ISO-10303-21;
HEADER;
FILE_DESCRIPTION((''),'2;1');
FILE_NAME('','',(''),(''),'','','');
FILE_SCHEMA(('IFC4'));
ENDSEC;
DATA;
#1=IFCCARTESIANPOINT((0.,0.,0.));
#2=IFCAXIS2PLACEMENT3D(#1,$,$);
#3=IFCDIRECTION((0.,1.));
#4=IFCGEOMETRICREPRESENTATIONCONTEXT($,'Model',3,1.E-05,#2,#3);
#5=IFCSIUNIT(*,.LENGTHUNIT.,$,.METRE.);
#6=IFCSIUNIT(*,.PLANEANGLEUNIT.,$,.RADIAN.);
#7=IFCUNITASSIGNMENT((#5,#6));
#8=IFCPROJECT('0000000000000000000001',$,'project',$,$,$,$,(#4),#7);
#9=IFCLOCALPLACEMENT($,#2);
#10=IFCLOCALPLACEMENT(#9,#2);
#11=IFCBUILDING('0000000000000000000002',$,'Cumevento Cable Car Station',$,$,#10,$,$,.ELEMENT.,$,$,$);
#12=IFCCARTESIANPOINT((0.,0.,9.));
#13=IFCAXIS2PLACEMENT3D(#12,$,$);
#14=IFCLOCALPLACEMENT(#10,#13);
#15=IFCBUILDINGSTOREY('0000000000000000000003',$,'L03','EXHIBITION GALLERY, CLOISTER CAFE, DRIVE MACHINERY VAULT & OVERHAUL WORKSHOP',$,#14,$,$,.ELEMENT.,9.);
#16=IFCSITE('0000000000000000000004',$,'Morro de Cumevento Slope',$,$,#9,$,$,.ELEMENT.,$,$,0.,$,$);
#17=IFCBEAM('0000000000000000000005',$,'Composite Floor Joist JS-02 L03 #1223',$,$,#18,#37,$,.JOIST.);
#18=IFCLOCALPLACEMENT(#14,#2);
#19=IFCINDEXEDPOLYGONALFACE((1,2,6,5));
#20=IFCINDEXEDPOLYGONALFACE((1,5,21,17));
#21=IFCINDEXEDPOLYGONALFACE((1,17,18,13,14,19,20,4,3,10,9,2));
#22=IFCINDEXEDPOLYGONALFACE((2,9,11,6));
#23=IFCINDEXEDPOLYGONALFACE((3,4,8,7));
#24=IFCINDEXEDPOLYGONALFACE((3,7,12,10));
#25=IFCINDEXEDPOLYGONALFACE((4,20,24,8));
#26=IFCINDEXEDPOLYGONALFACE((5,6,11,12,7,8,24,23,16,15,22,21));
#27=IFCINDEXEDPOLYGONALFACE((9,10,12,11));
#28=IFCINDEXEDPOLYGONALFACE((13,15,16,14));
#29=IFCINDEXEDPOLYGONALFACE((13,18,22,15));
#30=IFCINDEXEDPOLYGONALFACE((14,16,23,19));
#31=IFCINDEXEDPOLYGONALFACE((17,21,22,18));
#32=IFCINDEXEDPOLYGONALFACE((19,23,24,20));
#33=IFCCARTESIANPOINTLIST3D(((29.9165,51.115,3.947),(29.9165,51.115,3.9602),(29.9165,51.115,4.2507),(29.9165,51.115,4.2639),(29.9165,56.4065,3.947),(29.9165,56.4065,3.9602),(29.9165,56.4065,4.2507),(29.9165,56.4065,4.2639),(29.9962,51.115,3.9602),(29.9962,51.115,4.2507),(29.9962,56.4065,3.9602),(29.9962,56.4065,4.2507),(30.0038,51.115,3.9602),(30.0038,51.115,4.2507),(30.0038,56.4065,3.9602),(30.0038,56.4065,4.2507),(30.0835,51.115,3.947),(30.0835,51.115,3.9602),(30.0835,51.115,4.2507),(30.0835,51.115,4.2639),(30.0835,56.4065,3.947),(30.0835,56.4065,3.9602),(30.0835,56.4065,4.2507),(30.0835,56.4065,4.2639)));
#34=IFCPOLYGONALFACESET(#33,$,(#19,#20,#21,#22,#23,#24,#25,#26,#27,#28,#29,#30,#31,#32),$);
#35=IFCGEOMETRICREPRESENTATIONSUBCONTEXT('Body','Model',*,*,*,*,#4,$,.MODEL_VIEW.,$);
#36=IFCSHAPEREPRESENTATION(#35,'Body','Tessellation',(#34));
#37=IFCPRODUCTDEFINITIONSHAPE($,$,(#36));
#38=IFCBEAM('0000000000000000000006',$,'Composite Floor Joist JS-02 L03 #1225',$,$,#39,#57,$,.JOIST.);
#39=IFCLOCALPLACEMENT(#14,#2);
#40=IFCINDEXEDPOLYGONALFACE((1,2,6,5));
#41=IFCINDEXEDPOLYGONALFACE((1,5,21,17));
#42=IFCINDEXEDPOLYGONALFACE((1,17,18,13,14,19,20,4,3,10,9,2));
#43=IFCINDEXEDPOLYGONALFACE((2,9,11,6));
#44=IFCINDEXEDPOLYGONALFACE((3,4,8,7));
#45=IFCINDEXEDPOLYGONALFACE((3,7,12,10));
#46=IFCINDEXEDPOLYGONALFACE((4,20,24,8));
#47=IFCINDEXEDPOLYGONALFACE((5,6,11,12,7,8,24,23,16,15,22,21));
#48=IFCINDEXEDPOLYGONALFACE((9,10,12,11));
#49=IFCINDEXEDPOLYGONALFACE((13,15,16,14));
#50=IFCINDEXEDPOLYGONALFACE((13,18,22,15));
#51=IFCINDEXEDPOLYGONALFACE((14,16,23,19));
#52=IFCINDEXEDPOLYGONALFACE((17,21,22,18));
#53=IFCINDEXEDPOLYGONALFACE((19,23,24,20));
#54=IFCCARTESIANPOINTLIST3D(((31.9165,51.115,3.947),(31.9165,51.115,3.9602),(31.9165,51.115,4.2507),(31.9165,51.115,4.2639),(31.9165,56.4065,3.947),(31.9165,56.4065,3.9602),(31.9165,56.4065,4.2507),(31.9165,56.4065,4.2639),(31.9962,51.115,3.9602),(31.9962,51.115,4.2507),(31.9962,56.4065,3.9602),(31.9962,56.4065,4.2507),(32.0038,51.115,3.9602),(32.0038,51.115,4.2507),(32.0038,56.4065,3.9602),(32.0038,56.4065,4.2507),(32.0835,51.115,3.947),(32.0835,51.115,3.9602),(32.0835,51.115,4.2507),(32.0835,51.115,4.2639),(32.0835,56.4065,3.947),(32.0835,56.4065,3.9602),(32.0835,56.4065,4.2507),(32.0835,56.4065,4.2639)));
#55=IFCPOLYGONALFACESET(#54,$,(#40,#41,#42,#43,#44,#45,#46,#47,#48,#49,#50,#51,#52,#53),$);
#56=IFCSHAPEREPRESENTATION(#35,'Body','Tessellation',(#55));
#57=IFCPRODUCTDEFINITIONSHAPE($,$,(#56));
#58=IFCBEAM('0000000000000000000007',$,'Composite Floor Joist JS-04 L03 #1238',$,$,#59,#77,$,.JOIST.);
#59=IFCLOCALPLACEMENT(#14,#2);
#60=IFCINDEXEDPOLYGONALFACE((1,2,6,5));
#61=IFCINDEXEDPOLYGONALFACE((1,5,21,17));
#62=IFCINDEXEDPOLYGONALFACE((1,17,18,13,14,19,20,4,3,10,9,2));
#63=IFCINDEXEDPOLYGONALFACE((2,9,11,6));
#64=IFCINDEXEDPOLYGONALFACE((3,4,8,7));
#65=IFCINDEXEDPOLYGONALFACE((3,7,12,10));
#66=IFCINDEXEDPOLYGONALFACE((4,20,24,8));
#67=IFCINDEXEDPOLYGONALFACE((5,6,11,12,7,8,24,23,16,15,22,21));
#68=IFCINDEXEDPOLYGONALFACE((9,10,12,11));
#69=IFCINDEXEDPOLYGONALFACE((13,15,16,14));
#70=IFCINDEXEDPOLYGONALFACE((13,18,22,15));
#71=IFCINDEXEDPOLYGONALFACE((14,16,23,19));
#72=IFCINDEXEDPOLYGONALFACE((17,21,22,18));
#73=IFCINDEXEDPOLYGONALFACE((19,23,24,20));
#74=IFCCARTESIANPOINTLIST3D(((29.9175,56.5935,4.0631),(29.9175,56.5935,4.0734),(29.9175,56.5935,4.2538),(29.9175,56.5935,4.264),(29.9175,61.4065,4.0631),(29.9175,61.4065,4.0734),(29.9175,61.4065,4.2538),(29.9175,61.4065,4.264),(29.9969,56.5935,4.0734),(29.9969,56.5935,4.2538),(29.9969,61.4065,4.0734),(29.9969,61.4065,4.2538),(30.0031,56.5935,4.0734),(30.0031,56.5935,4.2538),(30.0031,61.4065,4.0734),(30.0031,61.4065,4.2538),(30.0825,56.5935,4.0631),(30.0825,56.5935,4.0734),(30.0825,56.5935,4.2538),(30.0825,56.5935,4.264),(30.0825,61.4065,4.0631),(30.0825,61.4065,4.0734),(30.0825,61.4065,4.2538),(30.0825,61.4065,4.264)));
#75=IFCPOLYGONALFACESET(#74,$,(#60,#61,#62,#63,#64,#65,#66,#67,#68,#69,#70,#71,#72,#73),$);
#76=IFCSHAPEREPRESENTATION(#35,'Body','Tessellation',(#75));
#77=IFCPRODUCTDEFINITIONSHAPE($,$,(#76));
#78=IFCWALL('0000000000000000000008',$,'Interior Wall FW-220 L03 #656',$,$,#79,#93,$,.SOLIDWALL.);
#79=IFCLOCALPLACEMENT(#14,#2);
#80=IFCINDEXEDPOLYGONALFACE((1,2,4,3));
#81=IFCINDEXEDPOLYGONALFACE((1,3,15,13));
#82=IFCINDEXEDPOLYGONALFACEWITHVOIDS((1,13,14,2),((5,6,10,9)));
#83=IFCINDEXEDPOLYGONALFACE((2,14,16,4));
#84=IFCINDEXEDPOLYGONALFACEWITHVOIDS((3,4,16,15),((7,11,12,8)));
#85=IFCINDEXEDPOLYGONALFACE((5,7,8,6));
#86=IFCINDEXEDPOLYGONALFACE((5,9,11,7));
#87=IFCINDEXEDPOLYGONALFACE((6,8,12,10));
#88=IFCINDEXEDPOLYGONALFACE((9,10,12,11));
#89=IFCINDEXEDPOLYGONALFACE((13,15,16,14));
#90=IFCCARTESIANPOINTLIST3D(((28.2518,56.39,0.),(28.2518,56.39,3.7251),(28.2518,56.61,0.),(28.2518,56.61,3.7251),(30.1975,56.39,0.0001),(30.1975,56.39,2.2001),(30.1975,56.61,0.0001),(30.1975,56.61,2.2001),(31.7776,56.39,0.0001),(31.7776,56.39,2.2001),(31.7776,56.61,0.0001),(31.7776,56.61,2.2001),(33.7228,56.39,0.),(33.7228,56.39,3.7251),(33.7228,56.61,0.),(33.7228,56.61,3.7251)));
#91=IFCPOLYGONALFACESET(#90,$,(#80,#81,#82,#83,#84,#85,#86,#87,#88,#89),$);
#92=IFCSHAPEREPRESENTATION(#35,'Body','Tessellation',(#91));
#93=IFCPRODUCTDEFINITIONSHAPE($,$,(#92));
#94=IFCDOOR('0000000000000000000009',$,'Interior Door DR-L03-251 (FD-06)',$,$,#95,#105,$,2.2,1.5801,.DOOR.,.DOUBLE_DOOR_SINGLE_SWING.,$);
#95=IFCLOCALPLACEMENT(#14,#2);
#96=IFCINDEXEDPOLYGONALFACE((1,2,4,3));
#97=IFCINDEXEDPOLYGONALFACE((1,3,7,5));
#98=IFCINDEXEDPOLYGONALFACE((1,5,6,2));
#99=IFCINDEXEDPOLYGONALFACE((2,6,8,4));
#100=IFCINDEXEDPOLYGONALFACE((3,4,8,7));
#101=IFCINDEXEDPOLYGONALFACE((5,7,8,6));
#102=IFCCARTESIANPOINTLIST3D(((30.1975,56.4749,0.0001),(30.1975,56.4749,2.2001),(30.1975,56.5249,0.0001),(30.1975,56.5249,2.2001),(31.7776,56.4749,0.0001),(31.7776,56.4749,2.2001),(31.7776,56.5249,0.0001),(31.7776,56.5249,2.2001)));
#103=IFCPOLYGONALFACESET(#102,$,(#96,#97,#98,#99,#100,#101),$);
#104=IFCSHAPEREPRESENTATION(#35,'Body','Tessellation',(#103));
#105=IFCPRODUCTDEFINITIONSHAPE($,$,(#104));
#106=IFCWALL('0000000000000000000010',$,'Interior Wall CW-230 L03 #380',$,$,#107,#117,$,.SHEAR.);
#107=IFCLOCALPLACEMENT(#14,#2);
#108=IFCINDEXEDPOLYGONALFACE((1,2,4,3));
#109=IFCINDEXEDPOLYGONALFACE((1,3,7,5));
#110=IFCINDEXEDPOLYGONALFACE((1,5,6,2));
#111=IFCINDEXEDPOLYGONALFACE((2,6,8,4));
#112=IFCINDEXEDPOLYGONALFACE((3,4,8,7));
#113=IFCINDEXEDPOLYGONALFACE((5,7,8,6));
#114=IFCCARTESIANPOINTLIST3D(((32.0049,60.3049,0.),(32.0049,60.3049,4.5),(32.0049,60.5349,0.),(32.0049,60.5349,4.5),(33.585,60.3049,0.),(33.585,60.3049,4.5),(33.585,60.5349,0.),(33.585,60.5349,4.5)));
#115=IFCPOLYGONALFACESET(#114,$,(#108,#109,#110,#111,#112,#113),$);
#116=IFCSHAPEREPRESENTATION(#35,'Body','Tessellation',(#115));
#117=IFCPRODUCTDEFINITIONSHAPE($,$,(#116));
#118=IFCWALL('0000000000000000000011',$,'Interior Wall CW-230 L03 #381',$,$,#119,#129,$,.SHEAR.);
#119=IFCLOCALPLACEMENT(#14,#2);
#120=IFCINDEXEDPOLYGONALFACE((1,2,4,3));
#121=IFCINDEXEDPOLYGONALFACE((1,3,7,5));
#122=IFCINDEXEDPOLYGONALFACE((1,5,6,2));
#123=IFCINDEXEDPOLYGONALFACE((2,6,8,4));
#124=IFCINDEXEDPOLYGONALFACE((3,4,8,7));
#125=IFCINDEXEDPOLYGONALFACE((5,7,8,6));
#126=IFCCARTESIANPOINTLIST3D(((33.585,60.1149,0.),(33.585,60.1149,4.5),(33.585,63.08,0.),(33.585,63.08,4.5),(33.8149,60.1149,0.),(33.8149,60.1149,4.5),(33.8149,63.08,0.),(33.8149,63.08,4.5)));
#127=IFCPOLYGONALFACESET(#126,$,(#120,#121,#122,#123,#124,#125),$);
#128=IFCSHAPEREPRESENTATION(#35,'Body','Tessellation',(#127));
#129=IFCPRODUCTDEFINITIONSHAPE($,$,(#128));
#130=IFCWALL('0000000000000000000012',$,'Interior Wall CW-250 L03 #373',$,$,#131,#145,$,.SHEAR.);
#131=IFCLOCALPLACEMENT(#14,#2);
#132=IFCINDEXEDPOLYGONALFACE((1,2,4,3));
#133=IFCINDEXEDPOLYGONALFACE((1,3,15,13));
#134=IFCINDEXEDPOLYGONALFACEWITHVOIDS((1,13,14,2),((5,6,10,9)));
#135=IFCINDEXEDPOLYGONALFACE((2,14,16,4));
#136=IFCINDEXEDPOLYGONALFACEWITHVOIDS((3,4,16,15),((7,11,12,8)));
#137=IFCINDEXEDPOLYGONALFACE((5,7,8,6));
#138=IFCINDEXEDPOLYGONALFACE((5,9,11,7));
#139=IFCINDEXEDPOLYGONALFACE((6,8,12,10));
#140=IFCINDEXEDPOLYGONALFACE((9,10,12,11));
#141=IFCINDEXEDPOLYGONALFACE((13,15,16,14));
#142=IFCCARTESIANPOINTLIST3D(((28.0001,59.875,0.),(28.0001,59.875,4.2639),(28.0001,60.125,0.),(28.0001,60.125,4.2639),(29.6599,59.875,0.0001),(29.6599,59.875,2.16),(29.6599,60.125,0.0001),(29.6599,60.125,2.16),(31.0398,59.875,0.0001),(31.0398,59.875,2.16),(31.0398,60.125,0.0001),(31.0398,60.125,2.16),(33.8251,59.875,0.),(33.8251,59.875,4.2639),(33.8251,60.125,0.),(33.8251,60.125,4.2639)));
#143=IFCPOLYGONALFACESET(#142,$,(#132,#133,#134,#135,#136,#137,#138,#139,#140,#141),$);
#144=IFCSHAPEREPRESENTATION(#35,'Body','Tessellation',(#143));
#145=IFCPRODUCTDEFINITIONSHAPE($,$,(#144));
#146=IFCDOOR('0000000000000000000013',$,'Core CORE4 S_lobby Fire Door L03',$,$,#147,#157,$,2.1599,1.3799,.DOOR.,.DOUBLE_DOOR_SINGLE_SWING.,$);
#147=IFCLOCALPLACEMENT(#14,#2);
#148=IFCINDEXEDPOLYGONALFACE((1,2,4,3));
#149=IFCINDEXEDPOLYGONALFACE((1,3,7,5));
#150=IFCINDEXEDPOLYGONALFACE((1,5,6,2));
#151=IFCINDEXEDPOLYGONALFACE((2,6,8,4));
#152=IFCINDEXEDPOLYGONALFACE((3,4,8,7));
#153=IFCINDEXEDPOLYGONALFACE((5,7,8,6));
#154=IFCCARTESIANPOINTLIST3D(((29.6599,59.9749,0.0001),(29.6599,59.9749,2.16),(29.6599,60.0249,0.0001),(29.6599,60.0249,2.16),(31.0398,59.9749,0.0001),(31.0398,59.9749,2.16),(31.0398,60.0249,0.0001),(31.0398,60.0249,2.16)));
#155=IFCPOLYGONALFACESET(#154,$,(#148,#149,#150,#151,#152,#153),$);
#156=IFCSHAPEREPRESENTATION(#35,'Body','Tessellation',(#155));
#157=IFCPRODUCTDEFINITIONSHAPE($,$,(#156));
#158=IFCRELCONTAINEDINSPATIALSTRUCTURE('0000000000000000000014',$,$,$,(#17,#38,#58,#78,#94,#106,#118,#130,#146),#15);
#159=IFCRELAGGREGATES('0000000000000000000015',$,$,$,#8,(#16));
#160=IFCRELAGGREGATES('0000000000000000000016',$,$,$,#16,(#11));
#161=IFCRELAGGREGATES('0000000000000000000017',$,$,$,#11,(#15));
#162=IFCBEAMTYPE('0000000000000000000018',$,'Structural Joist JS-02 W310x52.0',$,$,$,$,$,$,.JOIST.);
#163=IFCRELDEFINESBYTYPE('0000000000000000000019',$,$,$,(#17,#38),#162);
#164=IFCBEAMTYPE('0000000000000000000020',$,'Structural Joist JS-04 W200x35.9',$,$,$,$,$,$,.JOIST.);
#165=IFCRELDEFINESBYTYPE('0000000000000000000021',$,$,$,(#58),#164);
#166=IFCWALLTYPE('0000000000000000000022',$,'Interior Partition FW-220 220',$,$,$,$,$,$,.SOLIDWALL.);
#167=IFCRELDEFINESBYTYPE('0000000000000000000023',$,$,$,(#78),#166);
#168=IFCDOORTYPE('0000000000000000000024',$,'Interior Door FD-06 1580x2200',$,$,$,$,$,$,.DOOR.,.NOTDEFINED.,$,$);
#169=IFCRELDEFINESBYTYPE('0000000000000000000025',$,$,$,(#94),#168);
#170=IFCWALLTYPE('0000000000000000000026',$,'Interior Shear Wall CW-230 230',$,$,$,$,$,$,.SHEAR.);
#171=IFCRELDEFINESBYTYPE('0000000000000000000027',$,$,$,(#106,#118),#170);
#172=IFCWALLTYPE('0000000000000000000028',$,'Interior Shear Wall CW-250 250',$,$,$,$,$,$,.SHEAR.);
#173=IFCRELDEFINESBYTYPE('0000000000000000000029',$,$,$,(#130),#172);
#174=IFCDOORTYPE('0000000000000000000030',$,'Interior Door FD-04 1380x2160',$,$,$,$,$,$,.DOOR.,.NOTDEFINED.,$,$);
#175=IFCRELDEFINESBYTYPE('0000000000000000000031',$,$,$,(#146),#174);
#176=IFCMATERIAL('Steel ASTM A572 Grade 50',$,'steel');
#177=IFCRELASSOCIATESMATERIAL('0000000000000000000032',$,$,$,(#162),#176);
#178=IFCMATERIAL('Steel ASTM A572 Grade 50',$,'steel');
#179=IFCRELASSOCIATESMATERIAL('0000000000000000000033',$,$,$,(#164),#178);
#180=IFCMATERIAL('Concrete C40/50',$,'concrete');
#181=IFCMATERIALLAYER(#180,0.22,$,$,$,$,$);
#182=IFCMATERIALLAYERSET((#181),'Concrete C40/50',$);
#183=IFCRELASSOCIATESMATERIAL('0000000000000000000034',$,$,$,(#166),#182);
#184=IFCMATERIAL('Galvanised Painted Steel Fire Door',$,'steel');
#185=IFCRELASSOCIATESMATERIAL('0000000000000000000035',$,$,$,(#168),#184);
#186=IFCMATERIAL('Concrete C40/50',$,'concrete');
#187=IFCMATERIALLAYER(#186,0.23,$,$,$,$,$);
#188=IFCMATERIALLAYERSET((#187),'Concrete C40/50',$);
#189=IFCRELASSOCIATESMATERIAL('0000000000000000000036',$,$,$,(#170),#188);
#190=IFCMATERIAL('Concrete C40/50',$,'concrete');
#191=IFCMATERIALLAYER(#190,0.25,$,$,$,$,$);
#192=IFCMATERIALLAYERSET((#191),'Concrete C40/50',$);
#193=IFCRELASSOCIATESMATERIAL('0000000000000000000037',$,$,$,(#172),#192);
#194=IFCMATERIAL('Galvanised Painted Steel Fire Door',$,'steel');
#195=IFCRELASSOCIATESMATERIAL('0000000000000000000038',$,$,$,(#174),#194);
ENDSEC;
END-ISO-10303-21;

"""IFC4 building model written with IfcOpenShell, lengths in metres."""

from ifc_helpers import new_model, si_unit, direction, frame, frame_2d, origin, origin_2d, place, context, subcontext, project, spatial, rectangle, i_section, extrude, material, layer, layer_set, material_profile, profile_set, type_object, element, fill, save


model = new_model("IFC4")

# Units and contexts
model_context = context("Model", 3, precision=1e-05, world=origin(), true_north=direction((0.0, 1.0)))
body_context = subcontext(model_context, "Body", "Model", "MODEL_VIEW")
ifc_project = project(units=[si_unit("LENGTHUNIT", "METRE"), si_unit("PLANEANGLEUNIT", "RADIAN")], contexts=[model_context])

# Site, building, storey
site_placement = place(None, origin())
site = spatial("IfcSite", under=ifc_project, at=site_placement, Name="Morro de Cumevento Slope", CompositionType="ELEMENT", RefElevation=0.0)
building_placement = place(site_placement, origin())
building = spatial("IfcBuilding", under=site, at=building_placement, Name="Cumevento Cable Car Station", CompositionType="ELEMENT")
storey_placement = place(building_placement, frame((0.0, 0.0, 9.0)))
storey = spatial("IfcBuildingStorey", under=building, at=storey_placement, Name="L03", Description="EXHIBITION GALLERY, CLOISTER CAFE, DRIVE MACHINERY VAULT & OVERHAUL WORKSHOP", CompositionType="ELEMENT", Elevation=9.0)

# Beams
ifc_material_1 = material(Name="Steel ASTM A572 Grade 50", Category="steel")
ifc_material_profile_1 = material_profile(ifc_material_1, i_section(OverallWidth=0.167, OverallDepth=0.3169, WebThickness=0.0076, FlangeThickness=0.0132, at=origin_2d()), Name="W310x52.0")
ifc_profile_set_1 = profile_set([ifc_material_profile_1], Name="Steel ASTM A572 Grade 50")
beam_type_1 = type_object("IfcBeamType", Name="Structural Joist JS-02 W310x52.0", PredefinedType="JOIST", material=ifc_profile_set_1)
for number, where, z_axis, x_axis, name in (
    (1, (30.0, 51.115, 4.1055), (0.0, 1.0, 0.0), (-1.0, 0.0, 0.0), "Composite Floor Joist JS-02 L03 #1223"),
    (2, (32.0, 51.115, 4.1055), (0.0, 1.0, 0.0), (-1.0, 0.0, 0.0), "Composite Floor Joist JS-02 L03 #1225"),
):
    element("IfcBeam", number, at=place(storey_placement, frame(where, z_axis=z_axis, x_axis=x_axis)), inside=storey, type_object=beam_type_1, Name=name, PredefinedType="JOIST", context=body_context, shape_type="SweptSolid", body=[
        extrude(i_section(OverallWidth=0.167, OverallDepth=0.3169, WebThickness=0.0076, FlangeThickness=0.0132, at=origin_2d()), origin(), (0.0, 0.0, 1.0), 5.2915),
    ])
ifc_material_2 = material(Name="Steel ASTM A572 Grade 50", Category="steel")
ifc_material_profile_2 = material_profile(ifc_material_2, i_section(OverallWidth=0.165, OverallDepth=0.2009, WebThickness=0.0061, FlangeThickness=0.0103, at=origin_2d()), Name="W200x35.9")
ifc_profile_set_2 = profile_set([ifc_material_profile_2], Name="Steel ASTM A572 Grade 50")
beam_type_2 = type_object("IfcBeamType", Name="Structural Joist JS-04 W200x35.9", PredefinedType="JOIST", material=ifc_profile_set_2)
beam_1_placement = place(storey_placement, frame((30.0, 56.5935, 4.1636), z_axis=(0.0, 1.0, 0.0), x_axis=(-1.0, 0.0, 0.0)))
element("IfcBeam", 3, at=beam_1_placement, inside=storey, type_object=beam_type_2, Name="Composite Floor Joist JS-04 L03 #1238", PredefinedType="JOIST", context=body_context, shape_type="SweptSolid", body=[
    extrude(i_section(OverallWidth=0.165, OverallDepth=0.2009, WebThickness=0.0061, FlangeThickness=0.0103, at=origin_2d()), origin(), (0.0, 0.0, 1.0), 4.813),
])

# Wall, opening, door
ifc_material_3 = material(Name="Concrete C40/50", Category="concrete")
ifc_layer_1 = layer(ifc_material_3, 0.22)
ifc_layer_set_1 = layer_set([ifc_layer_1], Name="Concrete C40/50")
wall_type_1 = type_object("IfcWallType", Name="Interior Partition FW-220 220", PredefinedType="SOLIDWALL", material=ifc_layer_set_1)
wall_1_placement = place(storey_placement, frame((28.252, 56.5, 0.0), z_axis=(0.0, 0.0, 1.0), x_axis=(1.0, 0.0, 0.0)))
wall_1 = element("IfcWall", 4, at=wall_1_placement, inside=storey, type_object=wall_type_1, Name="Interior Wall FW-220 L03 #656", PredefinedType="SOLIDWALL", context=body_context, shape_type="SweptSolid", body=[
    extrude(rectangle(XDim=5.4709, YDim=0.22, at=frame_2d((2.7354, 0.0))), origin(), (0.0, 0.0, 1.0), 3.7251),
])
opening_1_placement = place(wall_1_placement, frame((1.9456, 0.0, 0.0)))
opening_1 = element("IfcOpeningElement", 5, at=opening_1_placement, cuts=wall_1, PredefinedType="OPENING", context=body_context, shape_type="SweptSolid", body=[
    extrude(rectangle(XDim=1.5801, YDim=2.2, at=frame_2d((0.79, 1.1001))), frame((0.0, 0.1199, 0.0), z_axis=(0.0, -1.0, 0.0), x_axis=(1.0, 0.0, 0.0)), (0.0, 0.0, 1.0), 0.24),
])
ifc_material_4 = material(Name="Galvanised Painted Steel Fire Door", Category="steel")
door_type_1 = type_object("IfcDoorType", Name="Interior Door FD-06 1580x2200", OperationType="NOTDEFINED", PredefinedType="DOOR", material=ifc_material_4)
door_1_placement = place(opening_1_placement, origin())
door_1 = element("IfcDoor", 6, at=door_1_placement, inside=storey, type_object=door_type_1, Name="Interior Door DR-L03-251 (FD-06)", OperationType="DOUBLE_DOOR_SINGLE_SWING", OverallHeight=2.2, OverallWidth=1.5801, PredefinedType="DOOR", context=body_context, shape_type="SweptSolid", body=[
    extrude(rectangle(XDim=1.5801, YDim=2.2, at=frame_2d((0.79, 1.1001))), frame((0.0, 0.0249, 0.0), z_axis=(0.0, -1.0, 0.0), x_axis=(1.0, 0.0, 0.0)), (0.0, 0.0, 1.0), 0.05),
])
fill(opening_1, door_1)

# Walls
ifc_material_5 = material(Name="Concrete C40/50", Category="concrete")
ifc_layer_2 = layer(ifc_material_5, 0.23)
ifc_layer_set_2 = layer_set([ifc_layer_2], Name="Concrete C40/50")
wall_type_2 = type_object("IfcWallType", Name="Interior Shear Wall CW-230 230", PredefinedType="SHEAR", material=ifc_layer_set_2)
wall_2_placement = place(storey_placement, frame((32.0049, 60.4199, 0.0), z_axis=(0.0, 0.0, 1.0), x_axis=(1.0, 0.0, 0.0)))
element("IfcWall", 7, at=wall_2_placement, inside=storey, type_object=wall_type_2, Name="Interior Wall CW-230 L03 #380", PredefinedType="SHEAR", context=body_context, shape_type="SweptSolid", body=[
    extrude(rectangle(XDim=1.5801, YDim=0.23, at=frame_2d((0.79, 0.0))), origin(), (0.0, 0.0, 1.0), 4.5),
])
wall_3_placement = place(storey_placement, frame((33.7, 60.115, 0.0), z_axis=(0.0, 0.0, 1.0), x_axis=(0.0, 1.0, 0.0)))
element("IfcWall", 8, at=wall_3_placement, inside=storey, type_object=wall_type_2, Name="Interior Wall CW-230 L03 #381", PredefinedType="SHEAR", context=body_context, shape_type="SweptSolid", body=[
    extrude(rectangle(XDim=2.9651, YDim=0.23, at=frame_2d((1.4824, 0.0))), origin(), (0.0, 0.0, 1.0), 4.5),
])

# Wall, opening, door
ifc_material_6 = material(Name="Concrete C40/50", Category="concrete")
ifc_layer_3 = layer(ifc_material_6, 0.25)
ifc_layer_set_3 = layer_set([ifc_layer_3], Name="Concrete C40/50")
wall_type_3 = type_object("IfcWallType", Name="Interior Shear Wall CW-250 250", PredefinedType="SHEAR", material=ifc_layer_set_3)
wall_4_placement = place(storey_placement, frame((28.0, 60.0, 0.0), z_axis=(0.0, 0.0, 1.0), x_axis=(1.0, 0.0, 0.0)))
wall_4 = element("IfcWall", 9, at=wall_4_placement, inside=storey, type_object=wall_type_3, Name="Interior Wall CW-250 L03 #373", PredefinedType="SHEAR", context=body_context, shape_type="SweptSolid", body=[
    extrude(rectangle(XDim=5.825, YDim=0.25, at=frame_2d((2.9126, 0.0))), origin(), (0.0, 0.0, 1.0), 4.2639),
])
opening_2_placement = place(wall_4_placement, frame((1.6599, 0.0, 0.0)))
opening_2 = element("IfcOpeningElement", 10, at=opening_2_placement, cuts=wall_4, PredefinedType="OPENING", context=body_context, shape_type="SweptSolid", body=[
    extrude(rectangle(XDim=1.3799, YDim=2.1599, at=frame_2d((0.6899, 1.0801))), frame((0.0, 0.135, 0.0), z_axis=(0.0, -1.0, 0.0), x_axis=(1.0, 0.0, 0.0)), (0.0, 0.0, 1.0), 0.27),
])
ifc_material_7 = material(Name="Galvanised Painted Steel Fire Door", Category="steel")
door_type_2 = type_object("IfcDoorType", Name="Interior Door FD-04 1380x2160", OperationType="NOTDEFINED", PredefinedType="DOOR", material=ifc_material_7)
door_2_placement = place(opening_2_placement, origin())
door_2 = element("IfcDoor", 11, at=door_2_placement, inside=storey, type_object=door_type_2, Name="Core CORE4 S_lobby Fire Door L03", OperationType="DOUBLE_DOOR_SINGLE_SWING", OverallHeight=2.1599, OverallWidth=1.3799, PredefinedType="DOOR", context=body_context, shape_type="SweptSolid", body=[
    extrude(rectangle(XDim=1.3799, YDim=2.1599, at=frame_2d((0.6899, 1.0801))), frame((0.0, 0.0249, 0.0), z_axis=(0.0, -1.0, 0.0), x_axis=(1.0, 0.0, 0.0)), (0.0, 0.0, 1.0), 0.05),
])
fill(opening_2, door_2)

save(model, "model.ifc")
